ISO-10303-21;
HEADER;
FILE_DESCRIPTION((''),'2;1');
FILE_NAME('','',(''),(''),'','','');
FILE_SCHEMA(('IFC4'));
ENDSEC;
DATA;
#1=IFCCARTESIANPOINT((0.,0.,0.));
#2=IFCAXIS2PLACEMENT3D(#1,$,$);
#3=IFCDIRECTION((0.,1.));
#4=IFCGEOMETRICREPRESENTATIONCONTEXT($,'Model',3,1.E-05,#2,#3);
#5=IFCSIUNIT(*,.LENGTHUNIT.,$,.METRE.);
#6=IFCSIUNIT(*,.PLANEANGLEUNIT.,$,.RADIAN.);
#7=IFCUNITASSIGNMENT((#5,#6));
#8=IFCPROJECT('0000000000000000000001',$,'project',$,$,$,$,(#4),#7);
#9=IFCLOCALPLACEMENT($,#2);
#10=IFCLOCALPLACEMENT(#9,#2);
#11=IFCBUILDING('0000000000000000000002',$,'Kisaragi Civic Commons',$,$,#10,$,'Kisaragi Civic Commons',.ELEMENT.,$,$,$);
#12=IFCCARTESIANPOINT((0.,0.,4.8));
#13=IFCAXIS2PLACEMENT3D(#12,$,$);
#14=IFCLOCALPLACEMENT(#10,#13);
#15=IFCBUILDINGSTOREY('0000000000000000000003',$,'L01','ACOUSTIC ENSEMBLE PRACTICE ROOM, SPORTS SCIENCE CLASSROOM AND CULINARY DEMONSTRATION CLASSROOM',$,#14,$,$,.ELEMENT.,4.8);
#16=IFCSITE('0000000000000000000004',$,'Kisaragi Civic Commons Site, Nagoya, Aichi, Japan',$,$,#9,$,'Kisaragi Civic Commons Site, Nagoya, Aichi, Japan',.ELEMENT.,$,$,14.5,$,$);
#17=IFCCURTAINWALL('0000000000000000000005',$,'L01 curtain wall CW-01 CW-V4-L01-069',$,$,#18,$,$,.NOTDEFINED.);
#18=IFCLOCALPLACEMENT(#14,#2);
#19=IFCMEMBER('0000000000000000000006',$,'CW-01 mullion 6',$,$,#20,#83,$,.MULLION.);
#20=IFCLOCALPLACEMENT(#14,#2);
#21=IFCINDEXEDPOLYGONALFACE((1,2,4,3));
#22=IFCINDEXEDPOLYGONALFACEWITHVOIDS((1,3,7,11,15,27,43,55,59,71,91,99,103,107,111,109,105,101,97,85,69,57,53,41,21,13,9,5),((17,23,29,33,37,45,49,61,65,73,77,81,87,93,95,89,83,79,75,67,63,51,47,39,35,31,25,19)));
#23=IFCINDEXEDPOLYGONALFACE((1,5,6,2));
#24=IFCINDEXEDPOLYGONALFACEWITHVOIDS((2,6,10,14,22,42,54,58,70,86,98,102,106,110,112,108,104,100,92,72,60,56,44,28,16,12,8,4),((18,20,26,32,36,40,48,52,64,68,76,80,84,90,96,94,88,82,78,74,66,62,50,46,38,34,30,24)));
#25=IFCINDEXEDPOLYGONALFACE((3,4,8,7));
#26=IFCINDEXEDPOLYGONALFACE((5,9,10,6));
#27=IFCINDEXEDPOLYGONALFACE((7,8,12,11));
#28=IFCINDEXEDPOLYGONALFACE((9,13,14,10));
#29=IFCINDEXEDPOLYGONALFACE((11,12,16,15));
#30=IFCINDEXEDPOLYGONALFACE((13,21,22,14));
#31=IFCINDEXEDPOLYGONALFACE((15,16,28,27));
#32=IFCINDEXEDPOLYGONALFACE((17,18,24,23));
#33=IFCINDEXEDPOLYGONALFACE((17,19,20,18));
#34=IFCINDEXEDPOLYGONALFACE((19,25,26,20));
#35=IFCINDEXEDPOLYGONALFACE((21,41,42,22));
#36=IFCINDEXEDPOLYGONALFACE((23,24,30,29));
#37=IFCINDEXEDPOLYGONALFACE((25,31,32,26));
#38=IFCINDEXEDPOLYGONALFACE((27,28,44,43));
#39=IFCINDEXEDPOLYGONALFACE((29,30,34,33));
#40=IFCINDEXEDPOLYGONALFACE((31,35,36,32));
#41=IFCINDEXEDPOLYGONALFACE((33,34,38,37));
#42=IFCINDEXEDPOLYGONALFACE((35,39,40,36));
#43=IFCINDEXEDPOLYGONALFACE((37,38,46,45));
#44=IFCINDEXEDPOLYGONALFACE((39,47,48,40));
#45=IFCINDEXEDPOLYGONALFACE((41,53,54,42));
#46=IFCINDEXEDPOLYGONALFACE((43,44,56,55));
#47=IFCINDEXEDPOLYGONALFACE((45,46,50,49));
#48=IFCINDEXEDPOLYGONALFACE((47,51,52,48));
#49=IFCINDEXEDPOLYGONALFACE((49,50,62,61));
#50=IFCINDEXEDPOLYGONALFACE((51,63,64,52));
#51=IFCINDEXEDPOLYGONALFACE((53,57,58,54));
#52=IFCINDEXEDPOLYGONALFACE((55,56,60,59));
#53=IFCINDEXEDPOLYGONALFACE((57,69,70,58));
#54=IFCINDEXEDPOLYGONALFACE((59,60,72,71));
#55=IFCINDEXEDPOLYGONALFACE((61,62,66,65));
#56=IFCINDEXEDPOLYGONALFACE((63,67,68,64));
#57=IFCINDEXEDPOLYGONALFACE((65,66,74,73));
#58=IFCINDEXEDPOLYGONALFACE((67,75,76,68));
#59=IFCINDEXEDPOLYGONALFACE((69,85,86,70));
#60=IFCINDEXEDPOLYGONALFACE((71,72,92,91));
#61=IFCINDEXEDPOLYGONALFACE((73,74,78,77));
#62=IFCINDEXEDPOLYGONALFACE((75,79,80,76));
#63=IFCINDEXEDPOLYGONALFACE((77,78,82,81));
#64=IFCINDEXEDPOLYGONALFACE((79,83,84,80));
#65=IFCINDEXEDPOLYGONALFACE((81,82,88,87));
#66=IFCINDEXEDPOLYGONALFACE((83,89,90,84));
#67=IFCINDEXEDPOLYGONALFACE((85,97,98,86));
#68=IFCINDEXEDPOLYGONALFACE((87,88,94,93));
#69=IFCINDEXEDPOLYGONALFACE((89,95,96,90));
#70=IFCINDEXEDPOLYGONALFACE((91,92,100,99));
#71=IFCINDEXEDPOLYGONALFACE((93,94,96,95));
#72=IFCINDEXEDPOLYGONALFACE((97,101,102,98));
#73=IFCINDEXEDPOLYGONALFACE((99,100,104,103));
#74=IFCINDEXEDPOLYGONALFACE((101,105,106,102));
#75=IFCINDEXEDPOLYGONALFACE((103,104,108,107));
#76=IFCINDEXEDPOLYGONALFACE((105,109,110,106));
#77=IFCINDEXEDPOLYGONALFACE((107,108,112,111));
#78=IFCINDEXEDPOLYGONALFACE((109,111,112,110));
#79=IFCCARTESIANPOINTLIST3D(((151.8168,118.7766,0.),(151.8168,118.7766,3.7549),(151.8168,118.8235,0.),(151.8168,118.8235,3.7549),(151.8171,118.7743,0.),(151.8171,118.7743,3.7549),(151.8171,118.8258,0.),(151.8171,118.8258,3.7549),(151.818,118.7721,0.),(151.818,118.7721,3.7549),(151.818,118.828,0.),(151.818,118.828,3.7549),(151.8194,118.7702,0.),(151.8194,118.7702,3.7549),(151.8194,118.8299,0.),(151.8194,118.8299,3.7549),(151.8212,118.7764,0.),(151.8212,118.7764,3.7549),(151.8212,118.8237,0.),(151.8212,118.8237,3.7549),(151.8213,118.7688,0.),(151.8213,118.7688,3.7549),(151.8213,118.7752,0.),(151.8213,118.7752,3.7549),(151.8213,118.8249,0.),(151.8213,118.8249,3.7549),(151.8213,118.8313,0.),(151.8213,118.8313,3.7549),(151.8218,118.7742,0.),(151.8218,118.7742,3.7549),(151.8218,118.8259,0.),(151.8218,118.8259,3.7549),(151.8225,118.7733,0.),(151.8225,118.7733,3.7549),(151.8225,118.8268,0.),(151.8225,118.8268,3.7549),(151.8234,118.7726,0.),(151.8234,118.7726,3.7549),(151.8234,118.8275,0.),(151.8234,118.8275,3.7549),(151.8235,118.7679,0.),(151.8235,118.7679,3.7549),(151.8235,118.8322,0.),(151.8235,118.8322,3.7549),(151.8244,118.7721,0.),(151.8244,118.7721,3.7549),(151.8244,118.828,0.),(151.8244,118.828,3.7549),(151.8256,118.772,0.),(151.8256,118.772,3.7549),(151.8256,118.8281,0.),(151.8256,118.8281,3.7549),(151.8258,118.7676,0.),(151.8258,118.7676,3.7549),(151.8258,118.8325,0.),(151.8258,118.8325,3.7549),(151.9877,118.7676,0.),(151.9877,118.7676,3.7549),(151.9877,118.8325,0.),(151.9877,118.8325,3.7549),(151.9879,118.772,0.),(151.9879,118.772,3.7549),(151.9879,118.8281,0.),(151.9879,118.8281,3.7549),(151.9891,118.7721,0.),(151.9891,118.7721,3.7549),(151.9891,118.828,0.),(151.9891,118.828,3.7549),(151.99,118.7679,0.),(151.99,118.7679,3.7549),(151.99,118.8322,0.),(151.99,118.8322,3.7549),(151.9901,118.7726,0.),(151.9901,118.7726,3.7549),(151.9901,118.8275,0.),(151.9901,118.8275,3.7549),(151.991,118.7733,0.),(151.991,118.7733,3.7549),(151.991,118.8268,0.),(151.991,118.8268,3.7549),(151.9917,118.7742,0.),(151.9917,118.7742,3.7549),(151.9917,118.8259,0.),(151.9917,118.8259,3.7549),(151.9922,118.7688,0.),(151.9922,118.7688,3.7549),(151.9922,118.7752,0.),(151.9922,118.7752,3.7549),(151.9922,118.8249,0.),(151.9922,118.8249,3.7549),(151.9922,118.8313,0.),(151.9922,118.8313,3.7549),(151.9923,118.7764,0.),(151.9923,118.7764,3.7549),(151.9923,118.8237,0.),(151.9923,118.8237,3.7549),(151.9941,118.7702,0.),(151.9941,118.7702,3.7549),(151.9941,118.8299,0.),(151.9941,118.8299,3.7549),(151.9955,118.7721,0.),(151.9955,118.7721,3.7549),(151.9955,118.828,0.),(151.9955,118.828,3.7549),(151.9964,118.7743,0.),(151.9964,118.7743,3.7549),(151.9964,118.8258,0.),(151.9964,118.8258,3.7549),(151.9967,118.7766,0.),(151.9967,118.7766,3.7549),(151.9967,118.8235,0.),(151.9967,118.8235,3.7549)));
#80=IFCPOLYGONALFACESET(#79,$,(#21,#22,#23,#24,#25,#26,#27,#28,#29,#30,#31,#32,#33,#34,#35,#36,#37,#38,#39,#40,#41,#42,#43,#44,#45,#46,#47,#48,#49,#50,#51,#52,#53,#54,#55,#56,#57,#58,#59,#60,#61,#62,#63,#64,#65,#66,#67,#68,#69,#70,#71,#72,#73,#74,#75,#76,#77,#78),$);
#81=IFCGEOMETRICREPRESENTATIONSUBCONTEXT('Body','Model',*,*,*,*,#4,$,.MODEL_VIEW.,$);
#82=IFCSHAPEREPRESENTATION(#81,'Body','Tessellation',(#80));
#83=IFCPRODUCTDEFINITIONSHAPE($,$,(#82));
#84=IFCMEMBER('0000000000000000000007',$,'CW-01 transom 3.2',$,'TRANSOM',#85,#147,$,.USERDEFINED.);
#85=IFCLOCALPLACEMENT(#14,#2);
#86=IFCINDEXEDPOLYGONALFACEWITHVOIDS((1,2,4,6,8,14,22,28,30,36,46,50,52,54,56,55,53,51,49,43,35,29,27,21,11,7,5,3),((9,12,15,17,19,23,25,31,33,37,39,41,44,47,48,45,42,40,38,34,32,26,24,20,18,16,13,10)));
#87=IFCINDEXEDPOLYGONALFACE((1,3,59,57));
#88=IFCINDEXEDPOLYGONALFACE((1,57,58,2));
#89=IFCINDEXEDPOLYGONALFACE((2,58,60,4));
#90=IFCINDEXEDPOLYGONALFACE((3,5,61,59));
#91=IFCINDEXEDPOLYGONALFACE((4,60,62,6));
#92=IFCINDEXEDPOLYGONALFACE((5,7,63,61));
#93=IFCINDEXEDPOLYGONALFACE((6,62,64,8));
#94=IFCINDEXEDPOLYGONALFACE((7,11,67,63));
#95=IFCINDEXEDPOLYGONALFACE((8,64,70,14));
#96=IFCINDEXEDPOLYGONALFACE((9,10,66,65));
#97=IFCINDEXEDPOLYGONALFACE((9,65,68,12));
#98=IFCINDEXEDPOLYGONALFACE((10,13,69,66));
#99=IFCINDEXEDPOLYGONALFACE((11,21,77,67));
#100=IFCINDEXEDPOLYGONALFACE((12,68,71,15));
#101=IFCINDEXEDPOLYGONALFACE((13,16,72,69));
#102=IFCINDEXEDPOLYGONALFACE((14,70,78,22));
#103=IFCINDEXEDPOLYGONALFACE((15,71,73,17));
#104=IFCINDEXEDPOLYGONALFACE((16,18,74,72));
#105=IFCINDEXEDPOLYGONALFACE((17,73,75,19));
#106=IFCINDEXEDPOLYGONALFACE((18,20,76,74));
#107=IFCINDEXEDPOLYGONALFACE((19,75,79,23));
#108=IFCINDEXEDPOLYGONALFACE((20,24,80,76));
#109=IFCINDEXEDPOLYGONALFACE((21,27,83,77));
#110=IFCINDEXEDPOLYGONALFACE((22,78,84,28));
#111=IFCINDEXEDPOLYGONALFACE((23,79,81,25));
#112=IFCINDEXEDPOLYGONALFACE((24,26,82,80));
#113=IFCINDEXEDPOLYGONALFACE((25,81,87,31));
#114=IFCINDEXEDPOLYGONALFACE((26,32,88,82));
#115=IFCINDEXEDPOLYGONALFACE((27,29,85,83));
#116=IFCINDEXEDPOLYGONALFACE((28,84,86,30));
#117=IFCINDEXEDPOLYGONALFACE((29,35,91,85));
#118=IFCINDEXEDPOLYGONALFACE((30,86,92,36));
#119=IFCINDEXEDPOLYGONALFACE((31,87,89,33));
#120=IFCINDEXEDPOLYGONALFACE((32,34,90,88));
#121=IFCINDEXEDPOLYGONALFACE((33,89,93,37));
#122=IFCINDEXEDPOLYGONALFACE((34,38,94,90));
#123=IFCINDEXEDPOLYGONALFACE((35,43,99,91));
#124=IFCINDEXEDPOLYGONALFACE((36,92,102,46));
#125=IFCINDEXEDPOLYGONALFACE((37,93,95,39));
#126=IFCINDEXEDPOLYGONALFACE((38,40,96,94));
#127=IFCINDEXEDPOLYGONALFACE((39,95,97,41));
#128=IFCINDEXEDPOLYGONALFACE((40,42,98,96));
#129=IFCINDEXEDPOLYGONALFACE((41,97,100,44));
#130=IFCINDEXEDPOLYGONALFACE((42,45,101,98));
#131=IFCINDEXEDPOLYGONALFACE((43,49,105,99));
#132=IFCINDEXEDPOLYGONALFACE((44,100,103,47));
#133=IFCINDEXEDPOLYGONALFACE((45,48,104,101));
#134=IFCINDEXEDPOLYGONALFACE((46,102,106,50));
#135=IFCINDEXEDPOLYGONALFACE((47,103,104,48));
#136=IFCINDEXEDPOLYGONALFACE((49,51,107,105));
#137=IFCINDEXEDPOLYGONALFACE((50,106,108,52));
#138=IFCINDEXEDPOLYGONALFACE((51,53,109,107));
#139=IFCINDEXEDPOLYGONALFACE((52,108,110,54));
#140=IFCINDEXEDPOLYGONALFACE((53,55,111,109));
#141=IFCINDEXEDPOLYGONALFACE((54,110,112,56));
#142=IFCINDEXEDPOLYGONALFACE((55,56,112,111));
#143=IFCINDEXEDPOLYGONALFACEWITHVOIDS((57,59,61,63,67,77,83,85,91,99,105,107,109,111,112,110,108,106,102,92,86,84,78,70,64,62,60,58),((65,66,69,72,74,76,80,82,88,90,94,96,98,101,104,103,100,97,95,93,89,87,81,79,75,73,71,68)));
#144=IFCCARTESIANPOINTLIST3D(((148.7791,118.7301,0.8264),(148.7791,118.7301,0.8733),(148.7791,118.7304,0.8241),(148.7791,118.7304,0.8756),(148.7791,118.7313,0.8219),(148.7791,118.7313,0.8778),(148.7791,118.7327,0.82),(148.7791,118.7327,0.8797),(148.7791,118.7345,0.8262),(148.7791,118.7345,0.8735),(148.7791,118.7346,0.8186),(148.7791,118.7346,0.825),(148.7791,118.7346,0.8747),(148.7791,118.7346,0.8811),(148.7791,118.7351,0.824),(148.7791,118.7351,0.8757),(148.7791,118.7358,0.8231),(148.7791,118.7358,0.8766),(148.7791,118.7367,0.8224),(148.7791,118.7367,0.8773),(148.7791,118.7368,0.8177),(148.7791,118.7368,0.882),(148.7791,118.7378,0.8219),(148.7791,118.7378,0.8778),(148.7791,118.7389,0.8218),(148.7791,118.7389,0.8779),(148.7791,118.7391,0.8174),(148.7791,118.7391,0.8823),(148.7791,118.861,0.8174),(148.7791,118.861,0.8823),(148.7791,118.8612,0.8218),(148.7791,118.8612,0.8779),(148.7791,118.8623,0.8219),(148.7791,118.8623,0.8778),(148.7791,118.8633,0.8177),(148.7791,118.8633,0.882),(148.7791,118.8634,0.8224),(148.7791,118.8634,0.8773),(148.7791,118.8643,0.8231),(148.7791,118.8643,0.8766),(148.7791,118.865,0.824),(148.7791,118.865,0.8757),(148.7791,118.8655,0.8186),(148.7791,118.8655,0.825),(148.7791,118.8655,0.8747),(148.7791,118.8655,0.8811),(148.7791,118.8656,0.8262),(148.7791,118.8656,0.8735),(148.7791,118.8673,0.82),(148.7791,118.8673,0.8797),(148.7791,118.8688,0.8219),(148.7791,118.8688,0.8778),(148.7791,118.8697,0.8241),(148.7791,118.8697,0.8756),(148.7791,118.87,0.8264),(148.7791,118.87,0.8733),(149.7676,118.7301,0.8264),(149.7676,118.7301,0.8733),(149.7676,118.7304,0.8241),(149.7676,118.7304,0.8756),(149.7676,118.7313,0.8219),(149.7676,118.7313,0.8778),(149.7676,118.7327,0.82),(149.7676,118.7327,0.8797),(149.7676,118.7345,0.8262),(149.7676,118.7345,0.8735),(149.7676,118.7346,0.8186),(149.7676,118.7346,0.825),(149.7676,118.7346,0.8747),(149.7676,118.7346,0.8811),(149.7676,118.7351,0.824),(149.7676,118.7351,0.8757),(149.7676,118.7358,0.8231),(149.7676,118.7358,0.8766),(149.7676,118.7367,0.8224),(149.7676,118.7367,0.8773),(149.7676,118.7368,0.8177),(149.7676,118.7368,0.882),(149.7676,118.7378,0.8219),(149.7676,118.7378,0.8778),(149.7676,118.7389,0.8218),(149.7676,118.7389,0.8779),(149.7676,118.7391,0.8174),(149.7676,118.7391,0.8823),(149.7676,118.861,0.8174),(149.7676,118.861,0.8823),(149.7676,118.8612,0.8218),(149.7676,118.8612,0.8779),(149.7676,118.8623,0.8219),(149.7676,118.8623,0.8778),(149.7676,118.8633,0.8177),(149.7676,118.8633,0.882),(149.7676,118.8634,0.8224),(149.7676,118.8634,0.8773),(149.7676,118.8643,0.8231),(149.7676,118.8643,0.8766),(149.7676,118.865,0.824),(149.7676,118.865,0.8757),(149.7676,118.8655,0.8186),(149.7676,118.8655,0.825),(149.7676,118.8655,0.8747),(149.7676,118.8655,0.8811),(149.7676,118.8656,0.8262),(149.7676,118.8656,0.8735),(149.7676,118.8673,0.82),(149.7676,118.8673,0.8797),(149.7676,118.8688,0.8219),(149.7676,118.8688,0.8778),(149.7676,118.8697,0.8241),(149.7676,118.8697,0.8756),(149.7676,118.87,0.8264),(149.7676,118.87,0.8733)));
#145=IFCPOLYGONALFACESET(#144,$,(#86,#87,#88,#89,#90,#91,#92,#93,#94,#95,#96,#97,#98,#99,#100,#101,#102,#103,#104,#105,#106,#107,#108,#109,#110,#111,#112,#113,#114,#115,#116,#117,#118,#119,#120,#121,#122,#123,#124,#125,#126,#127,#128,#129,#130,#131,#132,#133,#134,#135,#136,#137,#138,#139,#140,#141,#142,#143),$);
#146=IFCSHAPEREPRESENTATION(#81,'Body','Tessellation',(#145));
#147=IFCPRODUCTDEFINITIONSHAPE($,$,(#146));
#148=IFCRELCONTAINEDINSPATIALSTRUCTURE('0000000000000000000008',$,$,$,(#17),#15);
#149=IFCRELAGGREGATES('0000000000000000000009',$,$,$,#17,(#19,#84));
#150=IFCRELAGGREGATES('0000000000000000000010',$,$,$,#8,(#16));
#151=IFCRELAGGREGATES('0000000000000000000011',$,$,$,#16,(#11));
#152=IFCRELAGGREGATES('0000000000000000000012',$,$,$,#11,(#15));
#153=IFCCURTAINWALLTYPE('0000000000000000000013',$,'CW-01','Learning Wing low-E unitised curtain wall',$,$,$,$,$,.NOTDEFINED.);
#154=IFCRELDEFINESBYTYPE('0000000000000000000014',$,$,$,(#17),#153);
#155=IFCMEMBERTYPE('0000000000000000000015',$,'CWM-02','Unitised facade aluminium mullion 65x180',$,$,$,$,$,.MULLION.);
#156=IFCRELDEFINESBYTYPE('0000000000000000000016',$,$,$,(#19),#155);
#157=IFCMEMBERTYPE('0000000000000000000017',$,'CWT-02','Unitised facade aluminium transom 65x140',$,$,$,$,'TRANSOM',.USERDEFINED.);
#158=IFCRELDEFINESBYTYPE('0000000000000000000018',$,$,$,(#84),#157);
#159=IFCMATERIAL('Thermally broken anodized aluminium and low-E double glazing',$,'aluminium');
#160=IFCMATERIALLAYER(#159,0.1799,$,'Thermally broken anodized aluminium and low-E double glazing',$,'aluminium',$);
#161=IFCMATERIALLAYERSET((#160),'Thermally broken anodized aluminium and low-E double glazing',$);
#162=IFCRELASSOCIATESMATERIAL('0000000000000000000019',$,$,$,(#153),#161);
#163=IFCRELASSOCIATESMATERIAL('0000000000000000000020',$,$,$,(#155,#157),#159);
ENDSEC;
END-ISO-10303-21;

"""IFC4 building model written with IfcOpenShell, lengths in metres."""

from ifc_helpers import new_model, si_unit, direction, frame, origin, origin_2d, place, context, subcontext, project, spatial, hollow_rectangle, extrude, material, layer, layer_set, material_profile, profile_set, type_object, element, aggregate, save


model = new_model("IFC4")

# Units and contexts
model_context = context("Model", 3, precision=1e-05, world=origin(), true_north=direction((0.0, 1.0)))
body_context = subcontext(model_context, "Body", "Model", "MODEL_VIEW")
ifc_project = project(units=[si_unit("LENGTHUNIT", "METRE"), si_unit("PLANEANGLEUNIT", "RADIAN")], contexts=[model_context])

# Site, building, storey
site_placement = place(None, origin())
site = spatial("IfcSite", under=ifc_project, at=site_placement, Name="Kisaragi Civic Commons Site, Nagoya, Aichi, Japan", LongName="Kisaragi Civic Commons Site, Nagoya, Aichi, Japan", CompositionType="ELEMENT", RefElevation=14.5)
building_placement = place(site_placement, origin())
building = spatial("IfcBuilding", under=site, at=building_placement, Name="Kisaragi Civic Commons", LongName="Kisaragi Civic Commons", CompositionType="ELEMENT")
storey_placement = place(building_placement, frame((0.0, 0.0, 4.8)))
storey = spatial("IfcBuildingStorey", under=building, at=storey_placement, Name="L01", Description="ACOUSTIC ENSEMBLE PRACTICE ROOM, SPORTS SCIENCE CLASSROOM AND CULINARY DEMONSTRATION CLASSROOM", CompositionType="ELEMENT", Elevation=4.8)

# Curtain wall, members
ifc_material = material(Name="Thermally broken anodized aluminium and low-E double glazing", Category="aluminium")
ifc_layer_1 = layer(ifc_material, 0.1799, Name="Thermally broken anodized aluminium and low-E double glazing", Category="aluminium")
ifc_layer_set_1 = layer_set([ifc_layer_1], Name="Thermally broken anodized aluminium and low-E double glazing")
curtain_wall_type = type_object("IfcCurtainWallType", Name="CW-01", Description="Learning Wing low-E unitised curtain wall", PredefinedType="NOTDEFINED", material=ifc_layer_set_1)
curtain_wall_placement = place(storey_placement, origin())
curtain_wall = element("IfcCurtainWall", 1, at=curtain_wall_placement, inside=storey, type_object=curtain_wall_type, Name="L01 curtain wall CW-01 CW-V4-L01-069", PredefinedType="NOTDEFINED")
ifc_material_profile_1 = material_profile(ifc_material, hollow_rectangle(XDim=0.0649, YDim=0.1799, WallThickness=0.0044, InnerFilletRadius=0.0044, OuterFilletRadius=0.009, at=origin_2d()), Name="CWM-65x180x4.5", Category="aluminium")
ifc_profile_set_1 = profile_set([ifc_material_profile_1], Name="Thermally broken anodized aluminium and low-E double glazing")
member_type_1 = type_object("IfcMemberType", Name="CWM-02", Description="Unitised facade aluminium mullion 65x180", PredefinedType="MULLION", material=ifc_profile_set_1)
member_1_placement = place(storey_placement, frame((151.9067, 118.8, 0.0), z_axis=(0.0, 0.0, 1.0), x_axis=(0.0, 1.0, 0.0)))
member_1 = element("IfcMember", 2, at=member_1_placement, type_object=member_type_1, Name="CW-01 mullion 6", PredefinedType="MULLION", context=body_context, shape_type="SweptSolid", body=[
    extrude(hollow_rectangle(XDim=0.0649, YDim=0.1799, WallThickness=0.0044, InnerFilletRadius=0.0044, OuterFilletRadius=0.009, at=origin_2d()), origin(), (0.0, 0.0, 1.0), 3.7549),
])
ifc_material_profile_2 = material_profile(ifc_material, hollow_rectangle(XDim=0.1399, YDim=0.0649, WallThickness=0.0044, InnerFilletRadius=0.0044, OuterFilletRadius=0.009, at=origin_2d()), Name="CWT-65x140x4.5", Category="aluminium")
ifc_profile_set_2 = profile_set([ifc_material_profile_2], Name="Thermally broken anodized aluminium and low-E double glazing")
member_type_2 = type_object("IfcMemberType", Name="CWT-02", Description="Unitised facade aluminium transom 65x140", ElementType="TRANSOM", PredefinedType="USERDEFINED", material=ifc_profile_set_2)
member_2_placement = place(storey_placement, frame((148.7791, 118.8, 0.8499), z_axis=(1.0, 0.0, 0.0), x_axis=(0.0, 1.0, 0.0)))
member_2 = element("IfcMember", 3, at=member_2_placement, type_object=member_type_2, Name="CW-01 transom 3.2", ObjectType="TRANSOM", PredefinedType="USERDEFINED", context=body_context, shape_type="SweptSolid", body=[
    extrude(hollow_rectangle(XDim=0.1399, YDim=0.0649, WallThickness=0.0044, InnerFilletRadius=0.0044, OuterFilletRadius=0.009, at=origin_2d()), origin(), (0.0, 0.0, 1.0), 0.9885),
])
aggregate(curtain_wall, [member_1, member_2])

save(model, "model.ifc")
